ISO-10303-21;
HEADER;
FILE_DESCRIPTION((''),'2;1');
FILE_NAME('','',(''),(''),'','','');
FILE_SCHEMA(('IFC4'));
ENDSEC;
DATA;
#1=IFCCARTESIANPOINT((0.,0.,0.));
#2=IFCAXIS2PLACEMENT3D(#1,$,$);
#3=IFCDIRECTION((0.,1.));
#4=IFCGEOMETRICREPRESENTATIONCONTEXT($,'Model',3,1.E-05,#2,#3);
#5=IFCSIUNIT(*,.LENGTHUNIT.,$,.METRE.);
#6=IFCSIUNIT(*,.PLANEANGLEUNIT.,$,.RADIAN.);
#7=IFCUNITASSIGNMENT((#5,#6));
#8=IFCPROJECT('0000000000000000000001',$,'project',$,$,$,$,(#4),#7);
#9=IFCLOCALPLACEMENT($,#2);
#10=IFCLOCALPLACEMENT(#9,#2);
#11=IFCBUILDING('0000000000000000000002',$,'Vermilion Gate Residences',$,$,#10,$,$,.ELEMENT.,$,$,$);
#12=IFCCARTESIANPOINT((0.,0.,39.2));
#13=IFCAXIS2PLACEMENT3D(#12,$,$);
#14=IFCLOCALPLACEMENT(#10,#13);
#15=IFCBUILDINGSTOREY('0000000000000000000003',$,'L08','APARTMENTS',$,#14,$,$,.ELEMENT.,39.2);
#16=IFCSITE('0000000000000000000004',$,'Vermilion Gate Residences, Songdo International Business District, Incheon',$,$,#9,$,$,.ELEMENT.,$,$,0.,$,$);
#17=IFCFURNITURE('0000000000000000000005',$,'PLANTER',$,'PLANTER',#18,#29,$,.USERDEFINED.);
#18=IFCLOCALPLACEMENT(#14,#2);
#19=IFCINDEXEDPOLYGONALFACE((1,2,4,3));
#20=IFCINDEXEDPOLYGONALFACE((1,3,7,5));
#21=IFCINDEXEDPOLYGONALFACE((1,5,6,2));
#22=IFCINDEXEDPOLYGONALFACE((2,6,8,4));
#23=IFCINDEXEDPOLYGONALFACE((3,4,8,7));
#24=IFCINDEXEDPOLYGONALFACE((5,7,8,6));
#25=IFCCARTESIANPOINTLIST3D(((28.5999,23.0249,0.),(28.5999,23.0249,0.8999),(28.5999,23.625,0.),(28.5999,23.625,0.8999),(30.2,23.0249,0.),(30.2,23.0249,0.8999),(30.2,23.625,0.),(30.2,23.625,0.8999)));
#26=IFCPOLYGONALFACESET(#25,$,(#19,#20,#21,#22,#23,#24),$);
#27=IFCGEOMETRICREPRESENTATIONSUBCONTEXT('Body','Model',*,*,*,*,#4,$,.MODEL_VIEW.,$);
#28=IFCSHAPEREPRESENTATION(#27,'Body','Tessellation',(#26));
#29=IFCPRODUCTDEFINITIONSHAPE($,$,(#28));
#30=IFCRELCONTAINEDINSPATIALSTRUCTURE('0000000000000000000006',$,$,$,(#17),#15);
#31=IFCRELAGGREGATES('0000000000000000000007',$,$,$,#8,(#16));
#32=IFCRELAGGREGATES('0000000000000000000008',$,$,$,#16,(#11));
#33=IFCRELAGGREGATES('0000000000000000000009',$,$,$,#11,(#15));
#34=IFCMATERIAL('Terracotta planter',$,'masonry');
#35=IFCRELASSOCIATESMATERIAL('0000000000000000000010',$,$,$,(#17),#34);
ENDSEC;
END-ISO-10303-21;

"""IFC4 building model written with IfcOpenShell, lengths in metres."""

from ifc_helpers import new_model, si_unit, direction, frame, origin, origin_2d, place, context, subcontext, project, spatial, rectangle, extrude, material, element, save


model = new_model("IFC4")

# Units and contexts
model_context = context("Model", 3, precision=1e-05, world=origin(), true_north=direction((0.0, 1.0)))
body_context = subcontext(model_context, "Body", "Model", "MODEL_VIEW")
ifc_project = project(units=[si_unit("LENGTHUNIT", "METRE"), si_unit("PLANEANGLEUNIT", "RADIAN")], contexts=[model_context])

# Site, building, storey
site_placement = place(None, origin())
site = spatial("IfcSite", under=ifc_project, at=site_placement, Name="Vermilion Gate Residences, Songdo International Business District, Incheon", CompositionType="ELEMENT", RefElevation=0.0)
building_placement = place(site_placement, origin())
building = spatial("IfcBuilding", under=site, at=building_placement, Name="Vermilion Gate Residences", CompositionType="ELEMENT")
storey_placement = place(building_placement, frame((0.0, 0.0, 39.2)))
storey = spatial("IfcBuildingStorey", under=building, at=storey_placement, Name="L08", Description="APARTMENTS", CompositionType="ELEMENT", Elevation=39.2)

# Furniture
ifc_material_1 = material(Name="Terracotta planter", Category="masonry")
furniture_placement = place(storey_placement, frame((29.3999, 23.325, 0.0), z_axis=(0.0, 0.0, 1.0), x_axis=(-1.0, 0.0, 0.0)))
element("IfcFurniture", 1, at=furniture_placement, inside=storey, material=ifc_material_1, Name="PLANTER", ObjectType="PLANTER", PredefinedType="USERDEFINED", context=body_context, shape_type="SweptSolid", body=[
    extrude(rectangle(XDim=1.6001, YDim=0.6001, at=origin_2d()), origin(), (0.0, 0.0, 1.0), 0.8999),
])

save(model, "model.ifc")
